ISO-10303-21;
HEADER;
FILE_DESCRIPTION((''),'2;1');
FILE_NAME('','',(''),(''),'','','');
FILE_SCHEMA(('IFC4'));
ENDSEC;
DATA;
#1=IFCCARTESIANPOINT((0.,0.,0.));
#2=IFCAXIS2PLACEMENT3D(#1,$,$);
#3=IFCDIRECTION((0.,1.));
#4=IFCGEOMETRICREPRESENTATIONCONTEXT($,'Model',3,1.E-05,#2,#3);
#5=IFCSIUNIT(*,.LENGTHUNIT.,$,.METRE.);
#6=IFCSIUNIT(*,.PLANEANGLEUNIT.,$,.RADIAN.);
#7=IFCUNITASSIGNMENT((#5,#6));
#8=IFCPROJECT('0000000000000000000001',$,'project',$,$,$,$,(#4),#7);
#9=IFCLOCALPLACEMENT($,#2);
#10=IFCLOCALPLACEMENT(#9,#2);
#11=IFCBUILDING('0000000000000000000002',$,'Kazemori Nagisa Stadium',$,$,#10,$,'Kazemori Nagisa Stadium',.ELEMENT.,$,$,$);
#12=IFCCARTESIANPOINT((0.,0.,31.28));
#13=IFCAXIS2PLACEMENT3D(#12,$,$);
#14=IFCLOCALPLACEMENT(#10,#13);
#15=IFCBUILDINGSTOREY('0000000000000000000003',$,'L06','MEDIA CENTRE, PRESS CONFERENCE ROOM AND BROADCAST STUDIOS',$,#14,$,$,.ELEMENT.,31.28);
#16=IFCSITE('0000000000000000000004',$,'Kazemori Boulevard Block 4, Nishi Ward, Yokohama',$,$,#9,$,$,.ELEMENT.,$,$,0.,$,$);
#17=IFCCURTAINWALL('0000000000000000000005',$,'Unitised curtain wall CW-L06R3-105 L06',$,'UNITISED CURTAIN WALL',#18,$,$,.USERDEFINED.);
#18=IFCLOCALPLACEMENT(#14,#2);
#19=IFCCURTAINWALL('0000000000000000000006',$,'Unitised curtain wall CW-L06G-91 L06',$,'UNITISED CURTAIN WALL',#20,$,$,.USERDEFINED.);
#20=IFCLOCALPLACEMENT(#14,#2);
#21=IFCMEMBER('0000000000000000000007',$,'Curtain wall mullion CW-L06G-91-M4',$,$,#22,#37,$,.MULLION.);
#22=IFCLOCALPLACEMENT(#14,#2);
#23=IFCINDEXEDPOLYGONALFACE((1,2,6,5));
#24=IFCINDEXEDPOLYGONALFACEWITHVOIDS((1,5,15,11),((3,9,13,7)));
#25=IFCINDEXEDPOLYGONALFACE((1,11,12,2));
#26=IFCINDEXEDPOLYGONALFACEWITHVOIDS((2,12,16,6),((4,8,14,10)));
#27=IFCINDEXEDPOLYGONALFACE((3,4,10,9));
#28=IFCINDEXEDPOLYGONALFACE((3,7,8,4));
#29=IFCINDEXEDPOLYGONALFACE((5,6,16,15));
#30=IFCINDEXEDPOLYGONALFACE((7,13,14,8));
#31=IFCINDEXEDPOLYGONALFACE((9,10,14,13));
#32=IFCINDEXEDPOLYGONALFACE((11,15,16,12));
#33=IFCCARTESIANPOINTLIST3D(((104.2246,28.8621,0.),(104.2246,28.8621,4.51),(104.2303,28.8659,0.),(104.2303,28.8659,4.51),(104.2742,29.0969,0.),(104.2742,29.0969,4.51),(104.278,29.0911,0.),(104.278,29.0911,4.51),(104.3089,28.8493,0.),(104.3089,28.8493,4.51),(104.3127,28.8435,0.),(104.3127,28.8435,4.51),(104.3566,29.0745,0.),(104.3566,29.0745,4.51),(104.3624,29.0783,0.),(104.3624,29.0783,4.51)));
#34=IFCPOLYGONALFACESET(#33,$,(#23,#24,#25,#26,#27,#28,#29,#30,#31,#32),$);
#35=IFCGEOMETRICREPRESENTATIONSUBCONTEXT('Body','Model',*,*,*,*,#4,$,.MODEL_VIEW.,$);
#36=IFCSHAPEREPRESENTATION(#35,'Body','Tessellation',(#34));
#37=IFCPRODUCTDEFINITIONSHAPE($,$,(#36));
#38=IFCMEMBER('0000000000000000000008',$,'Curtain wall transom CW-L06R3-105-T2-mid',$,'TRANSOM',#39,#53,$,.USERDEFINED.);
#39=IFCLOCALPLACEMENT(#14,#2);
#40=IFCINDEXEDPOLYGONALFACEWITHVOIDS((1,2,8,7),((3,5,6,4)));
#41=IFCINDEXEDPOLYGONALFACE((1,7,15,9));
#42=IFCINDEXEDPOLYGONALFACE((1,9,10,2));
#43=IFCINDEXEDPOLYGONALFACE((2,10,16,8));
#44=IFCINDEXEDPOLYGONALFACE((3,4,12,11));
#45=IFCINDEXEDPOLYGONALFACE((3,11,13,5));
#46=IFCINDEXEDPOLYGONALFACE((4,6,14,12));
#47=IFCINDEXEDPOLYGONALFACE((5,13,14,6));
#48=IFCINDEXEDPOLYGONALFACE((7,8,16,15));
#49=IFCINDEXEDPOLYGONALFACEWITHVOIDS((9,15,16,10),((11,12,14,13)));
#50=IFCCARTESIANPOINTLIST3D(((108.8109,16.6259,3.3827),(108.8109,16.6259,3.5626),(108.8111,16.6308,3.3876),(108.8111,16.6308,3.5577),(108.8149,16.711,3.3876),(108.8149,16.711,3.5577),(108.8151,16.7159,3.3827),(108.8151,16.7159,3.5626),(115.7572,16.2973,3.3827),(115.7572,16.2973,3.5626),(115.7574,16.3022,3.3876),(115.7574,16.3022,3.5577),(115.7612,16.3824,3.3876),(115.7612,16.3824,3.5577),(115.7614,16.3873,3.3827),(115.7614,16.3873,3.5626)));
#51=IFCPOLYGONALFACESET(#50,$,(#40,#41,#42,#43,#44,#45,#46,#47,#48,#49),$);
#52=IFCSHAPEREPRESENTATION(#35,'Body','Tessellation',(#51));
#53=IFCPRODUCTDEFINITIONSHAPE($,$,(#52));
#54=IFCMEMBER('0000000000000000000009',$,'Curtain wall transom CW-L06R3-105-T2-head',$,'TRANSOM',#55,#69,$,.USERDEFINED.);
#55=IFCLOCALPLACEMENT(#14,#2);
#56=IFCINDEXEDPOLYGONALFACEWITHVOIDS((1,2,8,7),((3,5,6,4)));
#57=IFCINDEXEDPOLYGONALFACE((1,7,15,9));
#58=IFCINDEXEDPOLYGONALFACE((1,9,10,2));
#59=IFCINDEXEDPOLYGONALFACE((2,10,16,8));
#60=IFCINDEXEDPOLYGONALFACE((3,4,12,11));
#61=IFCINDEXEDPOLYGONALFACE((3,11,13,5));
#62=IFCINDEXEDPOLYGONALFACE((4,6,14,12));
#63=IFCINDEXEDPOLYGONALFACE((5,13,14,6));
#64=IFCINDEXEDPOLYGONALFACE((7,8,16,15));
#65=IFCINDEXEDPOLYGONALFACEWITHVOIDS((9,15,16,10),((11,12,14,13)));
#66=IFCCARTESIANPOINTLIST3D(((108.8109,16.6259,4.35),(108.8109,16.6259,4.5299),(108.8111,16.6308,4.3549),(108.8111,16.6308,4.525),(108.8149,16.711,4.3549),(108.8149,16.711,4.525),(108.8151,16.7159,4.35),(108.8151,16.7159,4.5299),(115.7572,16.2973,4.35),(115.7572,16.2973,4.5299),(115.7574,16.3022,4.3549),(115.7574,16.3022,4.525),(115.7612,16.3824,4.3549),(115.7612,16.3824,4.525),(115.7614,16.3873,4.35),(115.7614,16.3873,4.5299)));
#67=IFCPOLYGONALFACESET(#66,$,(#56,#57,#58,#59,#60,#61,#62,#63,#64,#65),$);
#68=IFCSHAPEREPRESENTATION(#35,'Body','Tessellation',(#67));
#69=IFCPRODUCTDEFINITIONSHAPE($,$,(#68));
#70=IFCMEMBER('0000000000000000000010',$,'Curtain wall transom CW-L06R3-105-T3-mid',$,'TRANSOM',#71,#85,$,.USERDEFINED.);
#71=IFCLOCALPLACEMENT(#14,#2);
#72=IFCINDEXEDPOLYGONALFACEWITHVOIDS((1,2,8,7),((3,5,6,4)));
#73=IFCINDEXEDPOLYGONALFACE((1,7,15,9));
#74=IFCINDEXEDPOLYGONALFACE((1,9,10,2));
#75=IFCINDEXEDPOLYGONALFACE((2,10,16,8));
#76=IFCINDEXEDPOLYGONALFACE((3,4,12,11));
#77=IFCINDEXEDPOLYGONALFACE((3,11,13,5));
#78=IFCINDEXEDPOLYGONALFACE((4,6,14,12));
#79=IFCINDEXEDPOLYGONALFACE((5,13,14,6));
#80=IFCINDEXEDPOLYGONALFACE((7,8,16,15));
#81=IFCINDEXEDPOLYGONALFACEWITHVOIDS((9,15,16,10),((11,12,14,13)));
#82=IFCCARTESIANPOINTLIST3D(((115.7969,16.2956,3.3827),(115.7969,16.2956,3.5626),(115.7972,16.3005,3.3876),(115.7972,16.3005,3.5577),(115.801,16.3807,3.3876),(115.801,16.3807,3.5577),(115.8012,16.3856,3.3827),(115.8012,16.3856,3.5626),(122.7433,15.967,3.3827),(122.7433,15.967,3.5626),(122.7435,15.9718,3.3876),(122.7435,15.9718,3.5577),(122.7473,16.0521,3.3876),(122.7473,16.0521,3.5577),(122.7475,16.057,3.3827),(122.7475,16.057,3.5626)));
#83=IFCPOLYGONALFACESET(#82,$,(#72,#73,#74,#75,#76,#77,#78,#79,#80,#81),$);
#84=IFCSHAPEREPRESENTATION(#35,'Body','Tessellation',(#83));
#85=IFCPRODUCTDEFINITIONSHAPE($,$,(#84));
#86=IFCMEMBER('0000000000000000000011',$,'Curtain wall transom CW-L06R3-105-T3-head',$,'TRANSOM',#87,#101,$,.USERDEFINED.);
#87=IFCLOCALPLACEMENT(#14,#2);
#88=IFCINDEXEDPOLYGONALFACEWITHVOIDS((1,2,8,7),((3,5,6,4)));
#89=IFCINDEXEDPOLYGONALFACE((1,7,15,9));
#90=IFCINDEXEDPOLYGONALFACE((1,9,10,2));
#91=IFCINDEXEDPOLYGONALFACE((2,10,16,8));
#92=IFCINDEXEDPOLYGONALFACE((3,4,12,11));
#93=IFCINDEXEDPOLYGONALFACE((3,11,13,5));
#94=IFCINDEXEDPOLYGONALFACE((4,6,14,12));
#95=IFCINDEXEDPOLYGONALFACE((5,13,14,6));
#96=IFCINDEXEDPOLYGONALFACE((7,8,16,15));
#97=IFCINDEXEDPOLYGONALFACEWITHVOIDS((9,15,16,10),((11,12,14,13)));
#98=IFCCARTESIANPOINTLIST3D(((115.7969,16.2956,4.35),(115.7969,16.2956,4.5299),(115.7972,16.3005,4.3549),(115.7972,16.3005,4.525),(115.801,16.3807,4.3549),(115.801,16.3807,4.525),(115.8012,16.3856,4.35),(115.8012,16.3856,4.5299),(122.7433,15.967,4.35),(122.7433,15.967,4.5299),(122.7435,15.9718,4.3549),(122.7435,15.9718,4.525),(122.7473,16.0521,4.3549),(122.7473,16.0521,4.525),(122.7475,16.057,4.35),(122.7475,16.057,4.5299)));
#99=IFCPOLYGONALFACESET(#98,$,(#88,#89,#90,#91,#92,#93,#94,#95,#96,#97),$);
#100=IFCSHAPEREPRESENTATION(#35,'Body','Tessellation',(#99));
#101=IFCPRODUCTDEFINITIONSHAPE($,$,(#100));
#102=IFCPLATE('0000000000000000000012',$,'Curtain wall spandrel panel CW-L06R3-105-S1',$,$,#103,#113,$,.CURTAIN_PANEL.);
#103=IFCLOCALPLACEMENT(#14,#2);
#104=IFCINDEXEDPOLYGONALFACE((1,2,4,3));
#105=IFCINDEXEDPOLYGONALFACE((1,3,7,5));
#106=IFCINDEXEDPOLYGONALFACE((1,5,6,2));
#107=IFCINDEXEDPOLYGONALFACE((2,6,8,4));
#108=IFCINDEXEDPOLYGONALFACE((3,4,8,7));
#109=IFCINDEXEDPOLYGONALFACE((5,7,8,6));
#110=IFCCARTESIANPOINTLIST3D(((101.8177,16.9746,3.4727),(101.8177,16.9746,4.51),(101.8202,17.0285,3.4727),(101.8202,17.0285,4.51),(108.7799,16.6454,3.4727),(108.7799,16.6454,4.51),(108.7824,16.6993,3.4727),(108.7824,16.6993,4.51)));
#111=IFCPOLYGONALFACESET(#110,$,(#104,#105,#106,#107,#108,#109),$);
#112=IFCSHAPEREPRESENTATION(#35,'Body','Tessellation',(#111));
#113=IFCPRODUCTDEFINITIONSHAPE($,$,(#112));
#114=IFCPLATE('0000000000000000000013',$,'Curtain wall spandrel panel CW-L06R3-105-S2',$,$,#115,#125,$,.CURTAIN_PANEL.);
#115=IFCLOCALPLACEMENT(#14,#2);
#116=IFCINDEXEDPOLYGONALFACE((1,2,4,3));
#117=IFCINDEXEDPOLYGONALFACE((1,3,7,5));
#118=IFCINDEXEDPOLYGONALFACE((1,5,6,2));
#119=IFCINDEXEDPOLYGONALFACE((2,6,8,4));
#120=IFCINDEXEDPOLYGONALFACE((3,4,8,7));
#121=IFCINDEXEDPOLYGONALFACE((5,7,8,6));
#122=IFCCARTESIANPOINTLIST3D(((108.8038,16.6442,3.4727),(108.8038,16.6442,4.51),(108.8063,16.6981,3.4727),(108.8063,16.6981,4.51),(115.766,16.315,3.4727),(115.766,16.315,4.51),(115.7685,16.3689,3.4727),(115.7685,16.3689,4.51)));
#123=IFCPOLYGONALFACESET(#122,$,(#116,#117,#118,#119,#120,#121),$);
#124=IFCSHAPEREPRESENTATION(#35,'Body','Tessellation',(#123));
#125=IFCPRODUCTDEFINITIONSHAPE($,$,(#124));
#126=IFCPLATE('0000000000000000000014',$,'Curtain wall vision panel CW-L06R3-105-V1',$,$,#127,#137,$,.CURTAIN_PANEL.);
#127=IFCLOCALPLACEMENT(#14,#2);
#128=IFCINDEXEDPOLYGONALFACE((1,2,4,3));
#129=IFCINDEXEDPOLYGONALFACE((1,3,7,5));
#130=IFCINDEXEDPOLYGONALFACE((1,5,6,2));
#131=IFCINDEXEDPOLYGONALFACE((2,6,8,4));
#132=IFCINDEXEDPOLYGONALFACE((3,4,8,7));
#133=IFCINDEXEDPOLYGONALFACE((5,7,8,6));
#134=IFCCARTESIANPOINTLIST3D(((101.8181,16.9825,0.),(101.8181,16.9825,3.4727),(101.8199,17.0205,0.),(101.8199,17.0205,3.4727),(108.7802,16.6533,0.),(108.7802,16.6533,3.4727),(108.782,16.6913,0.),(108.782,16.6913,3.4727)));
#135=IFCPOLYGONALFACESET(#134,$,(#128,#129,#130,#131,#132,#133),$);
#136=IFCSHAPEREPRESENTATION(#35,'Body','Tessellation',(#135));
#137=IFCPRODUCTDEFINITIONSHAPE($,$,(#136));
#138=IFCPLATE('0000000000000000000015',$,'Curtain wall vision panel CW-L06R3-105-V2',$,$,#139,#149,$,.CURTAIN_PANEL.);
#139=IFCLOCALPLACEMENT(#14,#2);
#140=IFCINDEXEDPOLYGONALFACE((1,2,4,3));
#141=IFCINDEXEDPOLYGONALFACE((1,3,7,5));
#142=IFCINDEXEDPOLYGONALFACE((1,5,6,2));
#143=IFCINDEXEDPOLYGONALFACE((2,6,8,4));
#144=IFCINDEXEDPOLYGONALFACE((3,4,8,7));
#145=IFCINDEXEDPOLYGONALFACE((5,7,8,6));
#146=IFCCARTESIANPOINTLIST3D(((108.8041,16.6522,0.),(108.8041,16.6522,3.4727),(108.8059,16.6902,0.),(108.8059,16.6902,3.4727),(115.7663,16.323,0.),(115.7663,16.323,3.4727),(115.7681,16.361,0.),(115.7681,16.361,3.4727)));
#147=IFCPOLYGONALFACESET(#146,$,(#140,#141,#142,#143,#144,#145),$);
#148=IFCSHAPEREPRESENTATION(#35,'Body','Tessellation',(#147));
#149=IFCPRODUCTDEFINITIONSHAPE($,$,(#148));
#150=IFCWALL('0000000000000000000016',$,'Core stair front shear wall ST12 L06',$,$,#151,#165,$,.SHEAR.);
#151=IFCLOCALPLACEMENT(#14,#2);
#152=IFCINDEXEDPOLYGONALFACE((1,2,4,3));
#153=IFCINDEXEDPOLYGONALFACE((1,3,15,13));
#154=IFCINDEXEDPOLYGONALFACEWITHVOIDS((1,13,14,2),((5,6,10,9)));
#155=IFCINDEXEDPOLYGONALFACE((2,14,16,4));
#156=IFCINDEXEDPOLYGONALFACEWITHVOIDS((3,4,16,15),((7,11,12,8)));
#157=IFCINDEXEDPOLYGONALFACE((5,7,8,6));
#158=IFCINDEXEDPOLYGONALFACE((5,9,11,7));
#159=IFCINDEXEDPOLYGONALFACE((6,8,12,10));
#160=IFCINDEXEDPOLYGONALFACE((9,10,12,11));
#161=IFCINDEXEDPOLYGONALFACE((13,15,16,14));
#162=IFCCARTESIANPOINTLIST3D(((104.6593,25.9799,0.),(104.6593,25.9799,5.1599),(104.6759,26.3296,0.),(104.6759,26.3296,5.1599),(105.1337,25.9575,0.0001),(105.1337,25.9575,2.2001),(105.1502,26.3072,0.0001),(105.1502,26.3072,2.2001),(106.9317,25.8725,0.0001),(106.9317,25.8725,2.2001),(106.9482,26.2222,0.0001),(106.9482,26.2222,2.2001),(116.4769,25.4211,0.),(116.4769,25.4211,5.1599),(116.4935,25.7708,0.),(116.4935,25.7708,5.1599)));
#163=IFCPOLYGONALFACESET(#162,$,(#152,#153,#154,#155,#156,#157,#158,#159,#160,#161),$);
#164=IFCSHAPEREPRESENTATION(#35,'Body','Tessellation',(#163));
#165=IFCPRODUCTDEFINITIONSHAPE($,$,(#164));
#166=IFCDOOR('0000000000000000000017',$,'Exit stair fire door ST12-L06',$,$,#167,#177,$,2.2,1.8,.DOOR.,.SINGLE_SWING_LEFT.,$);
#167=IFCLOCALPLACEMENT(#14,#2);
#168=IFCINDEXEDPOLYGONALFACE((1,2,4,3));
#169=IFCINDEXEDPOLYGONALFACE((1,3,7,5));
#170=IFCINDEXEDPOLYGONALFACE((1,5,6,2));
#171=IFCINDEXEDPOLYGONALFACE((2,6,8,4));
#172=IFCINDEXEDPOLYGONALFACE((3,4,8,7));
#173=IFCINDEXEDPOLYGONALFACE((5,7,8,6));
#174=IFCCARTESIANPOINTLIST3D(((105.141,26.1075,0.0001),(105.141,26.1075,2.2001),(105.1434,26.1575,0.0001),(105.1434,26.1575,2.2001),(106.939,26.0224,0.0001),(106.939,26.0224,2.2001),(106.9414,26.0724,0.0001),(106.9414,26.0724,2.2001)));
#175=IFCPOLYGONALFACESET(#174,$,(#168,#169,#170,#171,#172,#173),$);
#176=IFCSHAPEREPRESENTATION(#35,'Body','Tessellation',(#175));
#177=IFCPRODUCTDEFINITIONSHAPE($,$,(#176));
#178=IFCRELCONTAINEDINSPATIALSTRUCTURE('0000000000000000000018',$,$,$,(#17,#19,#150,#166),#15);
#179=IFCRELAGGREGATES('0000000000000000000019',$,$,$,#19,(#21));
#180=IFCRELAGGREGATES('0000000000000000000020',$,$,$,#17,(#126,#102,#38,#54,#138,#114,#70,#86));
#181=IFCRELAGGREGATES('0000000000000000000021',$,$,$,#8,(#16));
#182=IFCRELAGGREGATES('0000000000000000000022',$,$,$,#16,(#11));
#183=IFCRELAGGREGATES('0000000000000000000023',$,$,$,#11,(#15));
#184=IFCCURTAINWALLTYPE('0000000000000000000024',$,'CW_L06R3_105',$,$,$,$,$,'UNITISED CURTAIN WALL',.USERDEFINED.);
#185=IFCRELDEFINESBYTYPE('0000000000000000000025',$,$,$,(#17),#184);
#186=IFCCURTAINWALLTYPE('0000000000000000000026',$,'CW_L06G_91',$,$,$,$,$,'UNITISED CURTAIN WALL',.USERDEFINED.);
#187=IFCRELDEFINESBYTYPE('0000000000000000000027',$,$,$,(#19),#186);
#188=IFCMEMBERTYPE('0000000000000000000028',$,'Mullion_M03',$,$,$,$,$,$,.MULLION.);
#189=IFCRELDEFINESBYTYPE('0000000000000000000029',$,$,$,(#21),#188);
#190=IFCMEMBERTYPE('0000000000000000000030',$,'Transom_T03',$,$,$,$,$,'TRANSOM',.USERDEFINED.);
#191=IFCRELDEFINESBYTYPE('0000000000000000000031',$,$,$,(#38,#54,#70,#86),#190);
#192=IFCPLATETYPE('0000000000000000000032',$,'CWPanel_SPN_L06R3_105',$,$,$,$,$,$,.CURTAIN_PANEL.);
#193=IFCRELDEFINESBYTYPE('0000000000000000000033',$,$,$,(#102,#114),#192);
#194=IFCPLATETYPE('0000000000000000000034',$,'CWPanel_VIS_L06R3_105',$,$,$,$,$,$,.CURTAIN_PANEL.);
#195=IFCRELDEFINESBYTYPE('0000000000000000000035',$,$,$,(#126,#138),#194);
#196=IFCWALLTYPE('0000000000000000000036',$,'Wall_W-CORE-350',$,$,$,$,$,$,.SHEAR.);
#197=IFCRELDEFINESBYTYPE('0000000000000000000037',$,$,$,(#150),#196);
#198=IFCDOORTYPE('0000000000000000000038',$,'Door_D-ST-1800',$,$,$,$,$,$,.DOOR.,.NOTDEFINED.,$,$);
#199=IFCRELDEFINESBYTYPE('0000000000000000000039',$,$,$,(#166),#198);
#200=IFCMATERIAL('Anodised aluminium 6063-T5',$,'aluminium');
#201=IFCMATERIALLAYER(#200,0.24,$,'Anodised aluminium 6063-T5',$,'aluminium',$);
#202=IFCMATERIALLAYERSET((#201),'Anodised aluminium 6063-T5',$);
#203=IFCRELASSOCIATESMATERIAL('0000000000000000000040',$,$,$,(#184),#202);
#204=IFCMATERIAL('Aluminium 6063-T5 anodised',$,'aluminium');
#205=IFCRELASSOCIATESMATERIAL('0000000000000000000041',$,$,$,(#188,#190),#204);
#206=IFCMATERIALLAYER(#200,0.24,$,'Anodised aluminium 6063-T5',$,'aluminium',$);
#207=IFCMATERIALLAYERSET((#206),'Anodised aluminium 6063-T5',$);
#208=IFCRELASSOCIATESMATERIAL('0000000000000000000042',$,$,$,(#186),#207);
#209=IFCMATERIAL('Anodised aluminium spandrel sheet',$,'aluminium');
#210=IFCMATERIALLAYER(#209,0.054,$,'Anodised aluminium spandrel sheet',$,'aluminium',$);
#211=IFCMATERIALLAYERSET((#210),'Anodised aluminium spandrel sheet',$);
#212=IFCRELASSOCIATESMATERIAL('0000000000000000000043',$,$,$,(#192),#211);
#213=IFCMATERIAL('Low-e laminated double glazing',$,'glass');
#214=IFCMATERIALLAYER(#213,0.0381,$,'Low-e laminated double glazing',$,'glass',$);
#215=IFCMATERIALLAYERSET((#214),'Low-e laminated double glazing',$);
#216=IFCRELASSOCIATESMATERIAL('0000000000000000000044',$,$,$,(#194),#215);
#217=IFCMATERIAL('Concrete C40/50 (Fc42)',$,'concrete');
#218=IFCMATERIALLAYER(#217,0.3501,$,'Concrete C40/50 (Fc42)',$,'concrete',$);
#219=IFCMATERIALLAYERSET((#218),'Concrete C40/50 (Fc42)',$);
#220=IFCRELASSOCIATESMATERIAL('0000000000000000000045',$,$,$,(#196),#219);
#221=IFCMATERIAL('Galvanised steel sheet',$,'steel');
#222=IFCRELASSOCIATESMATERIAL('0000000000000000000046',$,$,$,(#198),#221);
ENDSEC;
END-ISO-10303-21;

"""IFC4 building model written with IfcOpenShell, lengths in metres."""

from ifc_helpers import new_model, si_unit, direction, frame, frame_2d, origin, origin_2d, place, context, subcontext, project, spatial, rectangle, hollow_rectangle, extrude, material, layer, layer_set, material_profile, profile_set, type_object, element, fill, aggregate, save


model = new_model("IFC4")

# Units and contexts
model_context = context("Model", 3, precision=1e-05, world=origin(), true_north=direction((0.0, 1.0)))
body_context = subcontext(model_context, "Body", "Model", "MODEL_VIEW")
ifc_project = project(units=[si_unit("LENGTHUNIT", "METRE"), si_unit("PLANEANGLEUNIT", "RADIAN")], contexts=[model_context])

# Site, building, storey
site_placement = place(None, origin())
site = spatial("IfcSite", under=ifc_project, at=site_placement, Name="Kazemori Boulevard Block 4, Nishi Ward, Yokohama", CompositionType="ELEMENT", RefElevation=0.0)
building_placement = place(site_placement, origin())
building = spatial("IfcBuilding", under=site, at=building_placement, Name="Kazemori Nagisa Stadium", LongName="Kazemori Nagisa Stadium", CompositionType="ELEMENT")
storey_placement = place(building_placement, frame((0.0, 0.0, 31.28)))
storey = spatial("IfcBuildingStorey", under=building, at=storey_placement, Name="L06", Description="MEDIA CENTRE, PRESS CONFERENCE ROOM AND BROADCAST STUDIOS", CompositionType="ELEMENT", Elevation=31.28)

# Curtain wall
ifc_material_1 = material(Name="Anodised aluminium 6063-T5", Category="aluminium")
ifc_layer_1 = layer(ifc_material_1, 0.24, Name="Anodised aluminium 6063-T5", Category="aluminium")
ifc_layer_set_1 = layer_set([ifc_layer_1], Name="Anodised aluminium 6063-T5")
curtain_wall_type_1 = type_object("IfcCurtainWallType", Name="CW_L06R3_105", ElementType="UNITISED CURTAIN WALL", PredefinedType="USERDEFINED", material=ifc_layer_set_1)
curtain_wall_1_placement = place(storey_placement, origin())
curtain_wall_1 = element("IfcCurtainWall", 1, at=curtain_wall_1_placement, inside=storey, type_object=curtain_wall_type_1, Name="Unitised curtain wall CW-L06R3-105 L06", ObjectType="UNITISED CURTAIN WALL", PredefinedType="USERDEFINED")
ifc_material_2 = material(Name="Aluminium 6063-T5 anodised", Category="aluminium")
ifc_material_profile_1 = material_profile(ifc_material_2, hollow_rectangle(XDim=0.0901, YDim=0.24, WallThickness=0.0049, at=origin_2d()), Name="ALU-MULL-90x240x5")
ifc_profile_set_1 = profile_set([ifc_material_profile_1], Name="Aluminium 6063-T5 anodised")
member_type_1 = type_object("IfcMemberType", Name="Mullion_M03", PredefinedType="MULLION", material=ifc_profile_set_1)

# Curtain wall, member
ifc_layer_2 = layer(ifc_material_1, 0.24, Name="Anodised aluminium 6063-T5", Category="aluminium")
ifc_layer_set_2 = layer_set([ifc_layer_2], Name="Anodised aluminium 6063-T5")
curtain_wall_type_2 = type_object("IfcCurtainWallType", Name="CW_L06G_91", ElementType="UNITISED CURTAIN WALL", PredefinedType="USERDEFINED", material=ifc_layer_set_2)
curtain_wall_2_placement = place(storey_placement, origin())
curtain_wall_2 = element("IfcCurtainWall", 2, at=curtain_wall_2_placement, inside=storey, type_object=curtain_wall_type_2, Name="Unitised curtain wall CW-L06G-91 L06", ObjectType="UNITISED CURTAIN WALL", PredefinedType="USERDEFINED")
member_1_placement = place(storey_placement, frame((104.2935, 28.9702, 0.0), z_axis=(0.0, 0.0, 1.0), x_axis=(0.978345, -0.206981, 0.0)))
member_1 = element("IfcMember", 3, at=member_1_placement, type_object=member_type_1, Name="Curtain wall mullion CW-L06G-91-M4", PredefinedType="MULLION", context=body_context, shape_type="SweptSolid", body=[
    extrude(hollow_rectangle(XDim=0.0901, YDim=0.24, WallThickness=0.0049, at=origin_2d()), origin(), (0.0, 0.0, 1.0), 4.51),
])
aggregate(curtain_wall_2, [member_1])

# Members
ifc_material_profile_2 = material_profile(ifc_material_2, hollow_rectangle(XDim=0.0901, YDim=0.1799, WallThickness=0.0049, at=origin_2d()), Name="ALU-TRAN-90x180x5")
ifc_profile_set_2 = profile_set([ifc_material_profile_2], Name="Aluminium 6063-T5 anodised")
member_type_2 = type_object("IfcMemberType", Name="Transom_T03", ElementType="TRANSOM", PredefinedType="USERDEFINED", material=ifc_profile_set_2)
member_2_placement = place(storey_placement, frame((108.813, 16.6709, 3.4727), z_axis=(0.998883, -0.047255, 0.0), x_axis=(0.047255, 0.998883, 0.0)))
member_2 = element("IfcMember", 4, at=member_2_placement, type_object=member_type_2, Name="Curtain wall transom CW-L06R3-105-T2-mid", ObjectType="TRANSOM", PredefinedType="USERDEFINED", context=body_context, shape_type="SweptSolid", body=[
    extrude(hollow_rectangle(XDim=0.0901, YDim=0.1799, WallThickness=0.0049, at=origin_2d()), origin(), (0.0, 0.0, 1.0), 6.9541),
])
member_3_placement = place(storey_placement, frame((108.813, 16.6709, 4.4399), z_axis=(0.998883, -0.047255, 0.0), x_axis=(0.047255, 0.998883, 0.0)))
member_3 = element("IfcMember", 5, at=member_3_placement, type_object=member_type_2, Name="Curtain wall transom CW-L06R3-105-T2-head", ObjectType="TRANSOM", PredefinedType="USERDEFINED", context=body_context, shape_type="SweptSolid", body=[
    extrude(hollow_rectangle(XDim=0.0901, YDim=0.1799, WallThickness=0.0049, at=origin_2d()), origin(), (0.0, 0.0, 1.0), 6.9541),
])
member_4_placement = place(storey_placement, frame((115.7991, 16.3406, 3.4727), z_axis=(0.998883, -0.047255, 0.0), x_axis=(0.047255, 0.998883, 0.0)))
member_4 = element("IfcMember", 6, at=member_4_placement, type_object=member_type_2, Name="Curtain wall transom CW-L06R3-105-T3-mid", ObjectType="TRANSOM", PredefinedType="USERDEFINED", context=body_context, shape_type="SweptSolid", body=[
    extrude(hollow_rectangle(XDim=0.0901, YDim=0.1799, WallThickness=0.0049, at=origin_2d()), origin(), (0.0, 0.0, 1.0), 6.9541),
])
member_5_placement = place(storey_placement, frame((115.7991, 16.3406, 4.4399), z_axis=(0.998883, -0.047255, 0.0), x_axis=(0.047255, 0.998883, 0.0)))
member_5 = element("IfcMember", 7, at=member_5_placement, type_object=member_type_2, Name="Curtain wall transom CW-L06R3-105-T3-head", ObjectType="TRANSOM", PredefinedType="USERDEFINED", context=body_context, shape_type="SweptSolid", body=[
    extrude(hollow_rectangle(XDim=0.0901, YDim=0.1799, WallThickness=0.0049, at=origin_2d()), origin(), (0.0, 0.0, 1.0), 6.9541),
])

# Plates
ifc_material_3 = material(Name="Anodised aluminium spandrel sheet", Category="aluminium")
ifc_layer_3 = layer(ifc_material_3, 0.054, Name="Anodised aluminium spandrel sheet", Category="aluminium")
ifc_layer_set_3 = layer_set([ifc_layer_3], Name="Anodised aluminium spandrel sheet")
plate_type_1 = type_object("IfcPlateType", Name="CWPanel_SPN_L06R3_105", PredefinedType="CURTAIN_PANEL", material=ifc_layer_set_3)
plate_1_placement = place(storey_placement, frame((105.3, 16.8369, 3.4727), z_axis=(0.0, 0.0, 1.0), x_axis=(0.998884, -0.04723, 0.0)))
plate_1 = element("IfcPlate", 8, at=plate_1_placement, type_object=plate_type_1, Name="Curtain wall spandrel panel CW-L06R3-105-S1", PredefinedType="CURTAIN_PANEL", context=body_context, shape_type="SweptSolid", body=[
    extrude(rectangle(XDim=6.97, YDim=0.054, at=origin_2d()), origin(), (0.0, 0.0, 1.0), 1.0374),
])
plate_2_placement = place(storey_placement, frame((112.2861, 16.5066, 3.4727), z_axis=(0.0, 0.0, 1.0), x_axis=(0.998884, -0.04723, 0.0)))
plate_2 = element("IfcPlate", 9, at=plate_2_placement, type_object=plate_type_1, Name="Curtain wall spandrel panel CW-L06R3-105-S2", PredefinedType="CURTAIN_PANEL", context=body_context, shape_type="SweptSolid", body=[
    extrude(rectangle(XDim=6.97, YDim=0.054, at=origin_2d()), origin(), (0.0, 0.0, 1.0), 1.0374),
])
ifc_material_4 = material(Name="Low-e laminated double glazing", Category="glass")
ifc_layer_4 = layer(ifc_material_4, 0.0381, Name="Low-e laminated double glazing", Category="glass")
ifc_layer_set_4 = layer_set([ifc_layer_4], Name="Low-e laminated double glazing")
plate_type_2 = type_object("IfcPlateType", Name="CWPanel_VIS_L06R3_105", PredefinedType="CURTAIN_PANEL", material=ifc_layer_set_4)
plate_3_placement = place(storey_placement, frame((105.3, 16.8369, 0.0), z_axis=(0.0, 0.0, 1.0), x_axis=(0.998884, -0.04723, 0.0)))
plate_3 = element("IfcPlate", 10, at=plate_3_placement, type_object=plate_type_2, Name="Curtain wall vision panel CW-L06R3-105-V1", PredefinedType="CURTAIN_PANEL", context=body_context, shape_type="SweptSolid", body=[
    extrude(rectangle(XDim=6.97, YDim=0.0381, at=origin_2d()), origin(), (0.0, 0.0, 1.0), 3.4727),
])
plate_4_placement = place(storey_placement, frame((112.2861, 16.5066, 0.0), z_axis=(0.0, 0.0, 1.0), x_axis=(0.998884, -0.04723, 0.0)))
plate_4 = element("IfcPlate", 11, at=plate_4_placement, type_object=plate_type_2, Name="Curtain wall vision panel CW-L06R3-105-V2", PredefinedType="CURTAIN_PANEL", context=body_context, shape_type="SweptSolid", body=[
    extrude(rectangle(XDim=6.97, YDim=0.0381, at=origin_2d()), origin(), (0.0, 0.0, 1.0), 3.4727),
])
aggregate(curtain_wall_1, [plate_3, plate_1, member_2, member_3, plate_4, plate_2, member_4, member_5])

# Wall, opening, door
ifc_material_5 = material(Name="Concrete C40/50 (Fc42)", Category="concrete")
ifc_layer_5 = layer(ifc_material_5, 0.3501, Name="Concrete C40/50 (Fc42)", Category="concrete")
ifc_layer_set_5 = layer_set([ifc_layer_5], Name="Concrete C40/50 (Fc42)")
wall_type_1 = type_object("IfcWallType", Name="Wall_W-CORE-350", PredefinedType="SHEAR", material=ifc_layer_set_5)
wall_1_placement = place(storey_placement, frame((104.6675, 26.1548, 0.0), z_axis=(0.0, 0.0, 1.0), x_axis=(0.998884, -0.047236, 0.0)))
wall_1 = element("IfcWall", 12, at=wall_1_placement, inside=storey, type_object=wall_type_1, Name="Core stair front shear wall ST12 L06", PredefinedType="SHEAR", context=body_context, shape_type="SweptSolid", body=[
    extrude(rectangle(XDim=11.8308, YDim=0.3501, at=frame_2d((5.9155, 0.0))), origin(), (0.0, 0.0, 1.0), 5.1599),
])
opening_1_placement = place(wall_1_placement, frame((0.4751, 0.0, 0.0)))
opening_1 = element("IfcOpeningElement", 13, at=opening_1_placement, cuts=wall_1, PredefinedType="OPENING", context=body_context, shape_type="SweptSolid", body=[
    extrude(rectangle(XDim=1.8, YDim=2.2, at=frame_2d((0.8999, 1.1001))), frame((0.0, 0.1851, 0.0), z_axis=(0.0, -1.0, 0.0), x_axis=(1.0, 0.0, 0.0)), (0.0, 0.0, 1.0), 0.3701),
])
ifc_material_6 = material(Name="Galvanised steel sheet", Category="steel")
door_type_1 = type_object("IfcDoorType", Name="Door_D-ST-1800", OperationType="NOTDEFINED", PredefinedType="DOOR", material=ifc_material_6)
door_1_placement = place(opening_1_placement, frame((1.8, 0.0, 0.0), z_axis=(0.0, 0.0, 1.0), x_axis=(-1.0, 0.0, 0.0)))
door_1 = element("IfcDoor", 14, at=door_1_placement, inside=storey, type_object=door_type_1, Name="Exit stair fire door ST12-L06", OperationType="SINGLE_SWING_LEFT", OverallHeight=2.2, OverallWidth=1.8, PredefinedType="DOOR", context=body_context, shape_type="SweptSolid", body=[
    extrude(rectangle(XDim=1.8, YDim=2.2, at=frame_2d((0.8999, 1.1001))), frame((0.0, 0.0249, 0.0), z_axis=(0.0, -1.0, 0.0), x_axis=(1.0, 0.0, 0.0)), (0.0, 0.0, 1.0), 0.05),
])
fill(opening_1, door_1)

save(model, "model.ifc")
